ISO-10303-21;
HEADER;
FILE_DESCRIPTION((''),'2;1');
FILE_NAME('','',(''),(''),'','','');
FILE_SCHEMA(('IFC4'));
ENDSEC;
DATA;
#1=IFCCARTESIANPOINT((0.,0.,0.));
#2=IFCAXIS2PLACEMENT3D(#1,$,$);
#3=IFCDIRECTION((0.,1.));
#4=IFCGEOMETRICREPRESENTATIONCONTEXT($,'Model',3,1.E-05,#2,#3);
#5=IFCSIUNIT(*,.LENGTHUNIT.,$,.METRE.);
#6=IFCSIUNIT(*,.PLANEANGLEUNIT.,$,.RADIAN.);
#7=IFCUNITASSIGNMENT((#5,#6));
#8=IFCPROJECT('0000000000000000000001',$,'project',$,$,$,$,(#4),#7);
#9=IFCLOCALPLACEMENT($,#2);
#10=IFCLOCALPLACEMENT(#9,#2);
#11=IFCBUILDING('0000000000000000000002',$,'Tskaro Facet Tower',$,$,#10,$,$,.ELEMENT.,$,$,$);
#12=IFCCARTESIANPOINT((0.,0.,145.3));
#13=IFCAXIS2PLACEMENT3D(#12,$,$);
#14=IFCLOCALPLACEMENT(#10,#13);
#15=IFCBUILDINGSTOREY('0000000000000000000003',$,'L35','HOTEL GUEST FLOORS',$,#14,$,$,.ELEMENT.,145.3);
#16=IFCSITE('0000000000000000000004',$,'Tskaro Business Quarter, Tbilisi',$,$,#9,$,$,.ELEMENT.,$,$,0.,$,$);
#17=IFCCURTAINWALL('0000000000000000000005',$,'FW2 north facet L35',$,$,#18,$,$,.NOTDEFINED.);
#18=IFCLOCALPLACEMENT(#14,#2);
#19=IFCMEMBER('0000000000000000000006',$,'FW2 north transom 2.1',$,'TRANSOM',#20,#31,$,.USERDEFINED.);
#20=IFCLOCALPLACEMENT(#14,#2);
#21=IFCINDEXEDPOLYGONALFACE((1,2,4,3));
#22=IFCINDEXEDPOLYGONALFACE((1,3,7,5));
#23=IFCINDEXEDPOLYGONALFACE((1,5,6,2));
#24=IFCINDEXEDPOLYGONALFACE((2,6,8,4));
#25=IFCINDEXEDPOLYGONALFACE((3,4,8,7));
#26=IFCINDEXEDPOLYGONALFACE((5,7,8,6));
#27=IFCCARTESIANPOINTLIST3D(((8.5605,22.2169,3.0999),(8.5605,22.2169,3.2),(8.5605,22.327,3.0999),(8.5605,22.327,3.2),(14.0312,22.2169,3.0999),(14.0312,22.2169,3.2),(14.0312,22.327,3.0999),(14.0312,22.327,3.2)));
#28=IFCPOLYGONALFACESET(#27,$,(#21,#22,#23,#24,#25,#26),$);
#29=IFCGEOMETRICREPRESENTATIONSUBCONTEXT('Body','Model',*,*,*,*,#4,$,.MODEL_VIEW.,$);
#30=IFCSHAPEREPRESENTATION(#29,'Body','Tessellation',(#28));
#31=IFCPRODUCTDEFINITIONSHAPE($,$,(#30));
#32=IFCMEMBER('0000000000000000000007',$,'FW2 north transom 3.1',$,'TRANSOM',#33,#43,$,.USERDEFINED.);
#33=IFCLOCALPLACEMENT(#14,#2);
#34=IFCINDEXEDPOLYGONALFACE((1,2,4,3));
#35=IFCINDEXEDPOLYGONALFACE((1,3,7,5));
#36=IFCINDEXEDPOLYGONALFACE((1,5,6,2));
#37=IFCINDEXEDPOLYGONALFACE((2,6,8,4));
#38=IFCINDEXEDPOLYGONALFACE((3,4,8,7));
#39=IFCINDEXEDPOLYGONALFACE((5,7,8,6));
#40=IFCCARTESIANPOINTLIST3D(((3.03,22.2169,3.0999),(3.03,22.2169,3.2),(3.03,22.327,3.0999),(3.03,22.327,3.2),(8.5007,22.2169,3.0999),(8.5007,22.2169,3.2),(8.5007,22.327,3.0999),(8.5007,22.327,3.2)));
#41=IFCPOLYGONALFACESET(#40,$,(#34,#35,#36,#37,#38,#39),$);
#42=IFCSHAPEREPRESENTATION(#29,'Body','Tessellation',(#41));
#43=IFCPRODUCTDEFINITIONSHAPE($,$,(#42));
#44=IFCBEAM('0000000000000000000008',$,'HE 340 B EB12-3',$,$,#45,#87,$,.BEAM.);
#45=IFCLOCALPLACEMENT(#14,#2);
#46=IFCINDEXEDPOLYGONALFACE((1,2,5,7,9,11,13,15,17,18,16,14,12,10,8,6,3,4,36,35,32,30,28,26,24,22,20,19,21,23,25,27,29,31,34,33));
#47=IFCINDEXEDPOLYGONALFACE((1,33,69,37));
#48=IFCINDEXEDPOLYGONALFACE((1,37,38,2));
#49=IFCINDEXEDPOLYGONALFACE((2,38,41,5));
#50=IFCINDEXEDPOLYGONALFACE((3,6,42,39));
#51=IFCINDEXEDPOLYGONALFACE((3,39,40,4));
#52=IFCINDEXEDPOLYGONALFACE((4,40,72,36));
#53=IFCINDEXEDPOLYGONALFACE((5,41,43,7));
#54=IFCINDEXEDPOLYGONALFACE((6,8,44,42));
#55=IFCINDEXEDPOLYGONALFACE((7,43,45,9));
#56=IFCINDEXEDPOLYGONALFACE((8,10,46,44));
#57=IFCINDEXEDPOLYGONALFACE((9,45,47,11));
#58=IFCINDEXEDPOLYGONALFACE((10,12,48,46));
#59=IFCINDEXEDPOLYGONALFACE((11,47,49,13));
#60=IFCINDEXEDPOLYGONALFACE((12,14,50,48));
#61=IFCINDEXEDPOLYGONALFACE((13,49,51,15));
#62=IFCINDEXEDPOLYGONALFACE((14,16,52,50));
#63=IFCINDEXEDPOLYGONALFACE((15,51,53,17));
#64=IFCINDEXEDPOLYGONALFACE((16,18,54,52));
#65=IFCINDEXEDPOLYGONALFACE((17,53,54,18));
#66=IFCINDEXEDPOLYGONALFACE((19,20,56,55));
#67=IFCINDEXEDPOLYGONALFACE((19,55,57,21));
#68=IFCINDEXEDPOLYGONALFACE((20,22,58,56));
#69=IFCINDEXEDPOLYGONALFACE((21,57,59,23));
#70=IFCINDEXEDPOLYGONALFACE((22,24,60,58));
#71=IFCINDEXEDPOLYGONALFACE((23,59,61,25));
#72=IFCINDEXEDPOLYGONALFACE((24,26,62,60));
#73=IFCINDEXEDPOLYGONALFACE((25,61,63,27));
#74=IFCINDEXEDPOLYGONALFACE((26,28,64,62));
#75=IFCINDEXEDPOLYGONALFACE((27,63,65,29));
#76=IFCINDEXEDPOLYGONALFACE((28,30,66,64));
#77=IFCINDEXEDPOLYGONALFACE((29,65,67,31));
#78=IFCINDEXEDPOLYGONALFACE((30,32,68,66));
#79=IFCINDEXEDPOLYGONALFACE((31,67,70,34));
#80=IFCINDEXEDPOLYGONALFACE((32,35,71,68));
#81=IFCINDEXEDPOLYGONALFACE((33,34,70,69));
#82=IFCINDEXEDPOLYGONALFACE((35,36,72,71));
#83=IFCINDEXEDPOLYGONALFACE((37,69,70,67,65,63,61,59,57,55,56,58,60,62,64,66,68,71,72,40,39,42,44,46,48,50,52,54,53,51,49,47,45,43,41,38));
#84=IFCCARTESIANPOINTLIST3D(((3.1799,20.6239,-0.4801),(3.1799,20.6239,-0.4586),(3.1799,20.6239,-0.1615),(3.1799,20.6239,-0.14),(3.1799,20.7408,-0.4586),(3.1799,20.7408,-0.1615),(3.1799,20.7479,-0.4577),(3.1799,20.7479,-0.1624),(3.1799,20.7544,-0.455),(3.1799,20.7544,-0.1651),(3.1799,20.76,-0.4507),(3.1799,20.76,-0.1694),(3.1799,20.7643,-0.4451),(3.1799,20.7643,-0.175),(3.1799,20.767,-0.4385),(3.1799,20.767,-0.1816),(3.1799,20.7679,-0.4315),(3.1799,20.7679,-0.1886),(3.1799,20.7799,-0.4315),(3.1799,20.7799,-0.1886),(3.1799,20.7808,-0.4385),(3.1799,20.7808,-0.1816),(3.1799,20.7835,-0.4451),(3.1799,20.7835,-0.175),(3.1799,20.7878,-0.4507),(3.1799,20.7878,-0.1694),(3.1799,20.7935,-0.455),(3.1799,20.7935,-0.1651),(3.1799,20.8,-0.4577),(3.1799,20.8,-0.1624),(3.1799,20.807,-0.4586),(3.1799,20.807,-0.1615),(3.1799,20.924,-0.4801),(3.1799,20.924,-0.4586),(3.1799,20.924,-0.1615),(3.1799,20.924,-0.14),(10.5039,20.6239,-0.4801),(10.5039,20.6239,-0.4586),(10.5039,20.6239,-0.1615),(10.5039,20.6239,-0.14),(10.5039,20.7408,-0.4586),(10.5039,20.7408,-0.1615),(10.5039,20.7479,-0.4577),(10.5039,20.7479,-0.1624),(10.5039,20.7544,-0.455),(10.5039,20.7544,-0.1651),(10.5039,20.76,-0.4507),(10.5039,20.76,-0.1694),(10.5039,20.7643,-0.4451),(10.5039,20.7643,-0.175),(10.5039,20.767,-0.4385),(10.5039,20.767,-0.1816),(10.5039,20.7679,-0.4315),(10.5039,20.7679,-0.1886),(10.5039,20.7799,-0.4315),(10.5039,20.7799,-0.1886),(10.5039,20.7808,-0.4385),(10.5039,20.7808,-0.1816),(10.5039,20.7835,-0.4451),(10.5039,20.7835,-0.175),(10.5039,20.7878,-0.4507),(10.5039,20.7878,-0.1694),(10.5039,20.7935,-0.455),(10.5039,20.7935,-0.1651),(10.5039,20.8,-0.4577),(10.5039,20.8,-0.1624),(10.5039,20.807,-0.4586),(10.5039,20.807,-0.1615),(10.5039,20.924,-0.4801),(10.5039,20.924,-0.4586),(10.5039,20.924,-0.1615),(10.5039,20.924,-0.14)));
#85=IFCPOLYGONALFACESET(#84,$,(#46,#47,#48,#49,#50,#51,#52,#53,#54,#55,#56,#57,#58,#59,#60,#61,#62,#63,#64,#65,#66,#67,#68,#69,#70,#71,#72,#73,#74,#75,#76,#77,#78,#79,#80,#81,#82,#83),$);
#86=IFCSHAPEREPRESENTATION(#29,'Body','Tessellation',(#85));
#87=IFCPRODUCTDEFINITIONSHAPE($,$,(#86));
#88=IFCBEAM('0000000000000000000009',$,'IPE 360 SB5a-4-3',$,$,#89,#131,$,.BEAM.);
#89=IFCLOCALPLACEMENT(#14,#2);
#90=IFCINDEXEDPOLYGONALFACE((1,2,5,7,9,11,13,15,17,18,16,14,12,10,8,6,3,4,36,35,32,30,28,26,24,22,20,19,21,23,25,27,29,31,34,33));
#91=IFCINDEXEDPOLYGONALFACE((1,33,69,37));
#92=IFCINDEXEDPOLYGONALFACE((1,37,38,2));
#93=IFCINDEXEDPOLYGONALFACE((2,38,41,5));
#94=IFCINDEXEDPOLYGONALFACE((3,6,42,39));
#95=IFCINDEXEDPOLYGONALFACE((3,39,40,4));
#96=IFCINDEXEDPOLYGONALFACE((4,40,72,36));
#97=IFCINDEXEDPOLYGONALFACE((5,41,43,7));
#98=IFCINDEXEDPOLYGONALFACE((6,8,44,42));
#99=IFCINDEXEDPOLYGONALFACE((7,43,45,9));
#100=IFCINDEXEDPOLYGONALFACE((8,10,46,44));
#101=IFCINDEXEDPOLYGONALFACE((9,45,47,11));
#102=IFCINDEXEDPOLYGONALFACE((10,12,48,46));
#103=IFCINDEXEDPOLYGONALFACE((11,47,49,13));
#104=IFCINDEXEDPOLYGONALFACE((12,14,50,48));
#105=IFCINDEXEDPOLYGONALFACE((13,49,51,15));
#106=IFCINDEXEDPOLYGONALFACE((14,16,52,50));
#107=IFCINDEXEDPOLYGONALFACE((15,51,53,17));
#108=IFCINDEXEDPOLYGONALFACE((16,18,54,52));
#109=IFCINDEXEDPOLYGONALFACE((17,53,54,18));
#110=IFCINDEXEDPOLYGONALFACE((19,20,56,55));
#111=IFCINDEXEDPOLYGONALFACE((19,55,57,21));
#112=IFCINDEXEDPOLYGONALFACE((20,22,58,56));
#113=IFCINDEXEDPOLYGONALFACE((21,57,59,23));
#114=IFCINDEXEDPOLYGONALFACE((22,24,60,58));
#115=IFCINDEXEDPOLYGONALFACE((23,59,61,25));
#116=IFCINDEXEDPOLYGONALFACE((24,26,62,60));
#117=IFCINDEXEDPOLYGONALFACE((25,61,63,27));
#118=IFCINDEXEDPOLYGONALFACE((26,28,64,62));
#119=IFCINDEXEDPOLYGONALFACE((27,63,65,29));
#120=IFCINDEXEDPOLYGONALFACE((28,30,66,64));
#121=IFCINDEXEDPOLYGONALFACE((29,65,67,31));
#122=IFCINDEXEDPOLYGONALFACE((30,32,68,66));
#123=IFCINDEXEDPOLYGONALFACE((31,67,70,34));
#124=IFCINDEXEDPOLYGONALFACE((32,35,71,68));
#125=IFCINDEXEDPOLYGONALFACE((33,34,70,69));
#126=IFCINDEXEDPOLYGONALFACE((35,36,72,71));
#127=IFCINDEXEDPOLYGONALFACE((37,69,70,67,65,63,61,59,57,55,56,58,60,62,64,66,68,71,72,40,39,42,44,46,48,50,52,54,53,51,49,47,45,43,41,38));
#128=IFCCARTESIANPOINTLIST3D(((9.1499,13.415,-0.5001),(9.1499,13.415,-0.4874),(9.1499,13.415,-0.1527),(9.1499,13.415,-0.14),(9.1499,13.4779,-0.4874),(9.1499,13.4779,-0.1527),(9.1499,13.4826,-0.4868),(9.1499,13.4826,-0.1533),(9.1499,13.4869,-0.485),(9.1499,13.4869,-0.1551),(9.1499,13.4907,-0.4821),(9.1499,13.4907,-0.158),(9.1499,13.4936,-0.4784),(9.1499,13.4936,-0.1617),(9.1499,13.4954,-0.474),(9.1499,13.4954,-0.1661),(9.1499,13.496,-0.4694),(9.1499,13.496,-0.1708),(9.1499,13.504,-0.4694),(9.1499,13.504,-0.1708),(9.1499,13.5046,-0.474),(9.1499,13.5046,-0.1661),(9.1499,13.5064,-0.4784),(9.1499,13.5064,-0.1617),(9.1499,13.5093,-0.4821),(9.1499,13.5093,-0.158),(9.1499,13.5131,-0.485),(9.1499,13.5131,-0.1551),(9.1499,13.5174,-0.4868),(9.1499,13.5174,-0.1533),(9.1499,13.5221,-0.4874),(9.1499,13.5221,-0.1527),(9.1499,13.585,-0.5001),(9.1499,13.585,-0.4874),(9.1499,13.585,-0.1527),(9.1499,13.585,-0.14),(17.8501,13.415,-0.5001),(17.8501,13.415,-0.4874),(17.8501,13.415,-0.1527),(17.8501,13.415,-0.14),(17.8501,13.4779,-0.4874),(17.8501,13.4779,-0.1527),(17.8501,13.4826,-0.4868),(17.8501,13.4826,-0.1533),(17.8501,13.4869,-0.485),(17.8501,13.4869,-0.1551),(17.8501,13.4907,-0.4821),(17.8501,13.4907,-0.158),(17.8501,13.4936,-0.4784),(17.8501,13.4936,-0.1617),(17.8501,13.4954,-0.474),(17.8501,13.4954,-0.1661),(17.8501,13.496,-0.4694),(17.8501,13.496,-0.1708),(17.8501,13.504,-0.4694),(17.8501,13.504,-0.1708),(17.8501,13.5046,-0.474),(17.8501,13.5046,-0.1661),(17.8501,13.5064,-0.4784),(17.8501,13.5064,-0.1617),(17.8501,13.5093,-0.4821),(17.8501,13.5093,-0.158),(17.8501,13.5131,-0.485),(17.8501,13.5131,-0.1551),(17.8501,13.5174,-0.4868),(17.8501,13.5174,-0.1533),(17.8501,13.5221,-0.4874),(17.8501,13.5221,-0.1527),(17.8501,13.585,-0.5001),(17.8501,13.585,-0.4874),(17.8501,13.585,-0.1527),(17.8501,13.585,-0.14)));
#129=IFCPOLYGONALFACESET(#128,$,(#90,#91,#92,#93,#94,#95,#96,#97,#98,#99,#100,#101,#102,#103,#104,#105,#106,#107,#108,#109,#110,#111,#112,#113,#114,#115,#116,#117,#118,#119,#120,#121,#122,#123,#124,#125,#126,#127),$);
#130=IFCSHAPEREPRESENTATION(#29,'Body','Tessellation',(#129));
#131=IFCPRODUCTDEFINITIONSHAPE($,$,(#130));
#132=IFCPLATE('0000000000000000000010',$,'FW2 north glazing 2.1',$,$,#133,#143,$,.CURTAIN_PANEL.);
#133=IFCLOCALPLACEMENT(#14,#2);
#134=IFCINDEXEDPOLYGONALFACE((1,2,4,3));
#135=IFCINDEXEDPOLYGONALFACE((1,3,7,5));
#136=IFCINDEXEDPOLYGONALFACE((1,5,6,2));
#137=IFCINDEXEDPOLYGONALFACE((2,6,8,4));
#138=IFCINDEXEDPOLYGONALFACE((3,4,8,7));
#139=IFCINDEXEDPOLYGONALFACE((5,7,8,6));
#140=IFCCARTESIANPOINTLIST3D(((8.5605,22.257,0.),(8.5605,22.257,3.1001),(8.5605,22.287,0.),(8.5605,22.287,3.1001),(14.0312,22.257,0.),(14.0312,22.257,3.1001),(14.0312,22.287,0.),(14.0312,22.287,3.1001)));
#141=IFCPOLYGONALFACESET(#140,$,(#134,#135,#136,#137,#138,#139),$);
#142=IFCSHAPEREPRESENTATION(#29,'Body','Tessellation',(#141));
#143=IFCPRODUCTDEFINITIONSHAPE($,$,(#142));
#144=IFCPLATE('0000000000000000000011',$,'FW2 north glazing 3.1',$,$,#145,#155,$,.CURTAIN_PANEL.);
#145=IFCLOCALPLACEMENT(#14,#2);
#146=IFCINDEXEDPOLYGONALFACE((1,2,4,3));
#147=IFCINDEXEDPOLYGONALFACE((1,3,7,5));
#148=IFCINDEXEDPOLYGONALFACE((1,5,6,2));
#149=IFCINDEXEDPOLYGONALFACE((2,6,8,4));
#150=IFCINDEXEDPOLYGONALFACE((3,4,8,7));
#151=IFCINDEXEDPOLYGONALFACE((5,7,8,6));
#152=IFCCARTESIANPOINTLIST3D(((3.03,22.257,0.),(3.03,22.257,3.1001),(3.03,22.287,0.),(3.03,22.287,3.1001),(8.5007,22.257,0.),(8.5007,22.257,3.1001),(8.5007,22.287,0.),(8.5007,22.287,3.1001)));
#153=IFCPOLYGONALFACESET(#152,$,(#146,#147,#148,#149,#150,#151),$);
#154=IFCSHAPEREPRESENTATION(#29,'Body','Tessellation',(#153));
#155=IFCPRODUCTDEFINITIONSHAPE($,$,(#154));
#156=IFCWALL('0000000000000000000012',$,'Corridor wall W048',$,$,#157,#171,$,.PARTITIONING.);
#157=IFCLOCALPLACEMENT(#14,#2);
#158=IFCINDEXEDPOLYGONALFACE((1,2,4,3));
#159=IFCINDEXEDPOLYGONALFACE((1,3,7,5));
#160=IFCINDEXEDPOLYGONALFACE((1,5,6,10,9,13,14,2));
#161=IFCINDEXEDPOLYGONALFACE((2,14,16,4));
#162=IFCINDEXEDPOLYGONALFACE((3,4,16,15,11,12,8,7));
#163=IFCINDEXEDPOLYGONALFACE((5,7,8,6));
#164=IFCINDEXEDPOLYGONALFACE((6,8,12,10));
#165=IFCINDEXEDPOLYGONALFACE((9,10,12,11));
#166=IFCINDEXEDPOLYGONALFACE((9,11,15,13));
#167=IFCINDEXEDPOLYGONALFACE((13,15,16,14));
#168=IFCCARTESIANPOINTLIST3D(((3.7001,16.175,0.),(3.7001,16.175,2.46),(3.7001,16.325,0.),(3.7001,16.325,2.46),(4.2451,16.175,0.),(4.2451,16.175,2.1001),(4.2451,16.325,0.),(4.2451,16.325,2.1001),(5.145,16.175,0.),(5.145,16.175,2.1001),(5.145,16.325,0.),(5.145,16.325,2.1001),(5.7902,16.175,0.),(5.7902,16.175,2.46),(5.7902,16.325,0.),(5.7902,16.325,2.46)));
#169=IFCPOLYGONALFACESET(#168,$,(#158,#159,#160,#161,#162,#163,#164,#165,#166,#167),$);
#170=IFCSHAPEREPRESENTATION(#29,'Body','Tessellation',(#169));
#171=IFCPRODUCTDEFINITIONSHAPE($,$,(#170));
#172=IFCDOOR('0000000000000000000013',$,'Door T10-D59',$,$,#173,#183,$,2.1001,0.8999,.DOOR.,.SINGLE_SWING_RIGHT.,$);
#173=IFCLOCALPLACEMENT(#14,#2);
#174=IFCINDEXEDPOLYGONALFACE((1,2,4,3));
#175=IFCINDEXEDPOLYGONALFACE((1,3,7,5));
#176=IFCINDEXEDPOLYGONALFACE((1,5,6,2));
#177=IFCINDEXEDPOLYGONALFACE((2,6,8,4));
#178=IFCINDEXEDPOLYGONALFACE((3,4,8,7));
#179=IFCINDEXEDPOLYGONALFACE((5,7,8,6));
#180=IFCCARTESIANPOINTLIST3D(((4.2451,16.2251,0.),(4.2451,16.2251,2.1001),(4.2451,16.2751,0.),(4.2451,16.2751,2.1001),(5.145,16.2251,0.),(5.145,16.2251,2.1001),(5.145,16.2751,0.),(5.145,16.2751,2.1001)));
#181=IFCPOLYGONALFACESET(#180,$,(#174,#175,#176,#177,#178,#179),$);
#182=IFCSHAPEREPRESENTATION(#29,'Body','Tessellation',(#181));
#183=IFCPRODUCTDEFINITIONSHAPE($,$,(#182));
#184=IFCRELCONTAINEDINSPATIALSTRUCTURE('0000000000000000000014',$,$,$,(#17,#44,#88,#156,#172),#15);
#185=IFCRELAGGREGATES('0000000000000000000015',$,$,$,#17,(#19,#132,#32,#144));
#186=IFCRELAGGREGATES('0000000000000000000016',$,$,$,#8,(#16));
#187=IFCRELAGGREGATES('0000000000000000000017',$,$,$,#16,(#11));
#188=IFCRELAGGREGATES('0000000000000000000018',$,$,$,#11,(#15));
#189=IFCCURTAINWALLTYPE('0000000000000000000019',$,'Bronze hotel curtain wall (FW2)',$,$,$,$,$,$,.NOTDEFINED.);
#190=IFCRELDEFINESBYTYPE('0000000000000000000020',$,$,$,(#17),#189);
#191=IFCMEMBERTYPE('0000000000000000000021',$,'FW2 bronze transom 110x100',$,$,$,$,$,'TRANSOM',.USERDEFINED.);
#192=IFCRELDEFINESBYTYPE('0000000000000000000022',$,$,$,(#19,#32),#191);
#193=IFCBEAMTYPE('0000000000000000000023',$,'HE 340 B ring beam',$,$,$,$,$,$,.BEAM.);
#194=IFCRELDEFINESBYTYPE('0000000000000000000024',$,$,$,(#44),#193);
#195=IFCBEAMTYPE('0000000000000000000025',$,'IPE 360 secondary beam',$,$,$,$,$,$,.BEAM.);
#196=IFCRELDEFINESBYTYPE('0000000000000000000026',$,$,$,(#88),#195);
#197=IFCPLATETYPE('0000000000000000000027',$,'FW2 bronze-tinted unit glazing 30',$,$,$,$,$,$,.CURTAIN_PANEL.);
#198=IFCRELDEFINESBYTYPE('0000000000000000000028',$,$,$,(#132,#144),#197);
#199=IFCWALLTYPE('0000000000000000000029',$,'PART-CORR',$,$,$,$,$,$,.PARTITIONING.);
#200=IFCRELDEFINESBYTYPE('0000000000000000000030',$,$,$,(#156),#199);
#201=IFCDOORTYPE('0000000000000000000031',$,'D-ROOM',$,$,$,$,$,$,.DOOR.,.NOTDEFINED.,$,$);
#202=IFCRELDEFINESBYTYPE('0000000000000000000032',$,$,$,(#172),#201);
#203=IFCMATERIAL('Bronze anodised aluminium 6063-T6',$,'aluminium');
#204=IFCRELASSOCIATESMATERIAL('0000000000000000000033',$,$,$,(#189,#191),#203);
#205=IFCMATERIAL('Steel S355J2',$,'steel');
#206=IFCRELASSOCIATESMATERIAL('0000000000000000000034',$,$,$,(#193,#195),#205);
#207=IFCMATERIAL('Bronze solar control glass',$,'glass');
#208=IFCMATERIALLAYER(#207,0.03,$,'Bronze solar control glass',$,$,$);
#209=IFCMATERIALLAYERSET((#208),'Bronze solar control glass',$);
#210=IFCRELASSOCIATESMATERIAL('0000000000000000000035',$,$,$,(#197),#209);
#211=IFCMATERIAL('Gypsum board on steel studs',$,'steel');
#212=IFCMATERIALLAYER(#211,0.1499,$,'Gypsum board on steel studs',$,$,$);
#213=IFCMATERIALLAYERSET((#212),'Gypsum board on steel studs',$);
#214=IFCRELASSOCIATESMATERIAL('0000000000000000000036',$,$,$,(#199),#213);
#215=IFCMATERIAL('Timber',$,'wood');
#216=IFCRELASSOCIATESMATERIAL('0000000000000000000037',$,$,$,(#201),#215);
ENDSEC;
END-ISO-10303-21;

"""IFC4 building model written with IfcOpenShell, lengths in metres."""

from ifc_helpers import new_model, si_unit, direction, frame, frame_2d, origin, origin_2d, place, context, subcontext, project, spatial, rectangle, i_section, extrude, material, layer, layer_set, material_profile, profile_set, type_object, element, fill, aggregate, save


model = new_model("IFC4")

# Units and contexts
model_context = context("Model", 3, precision=1e-05, world=origin(), true_north=direction((0.0, 1.0)))
body_context = subcontext(model_context, "Body", "Model", "MODEL_VIEW")
ifc_project = project(units=[si_unit("LENGTHUNIT", "METRE"), si_unit("PLANEANGLEUNIT", "RADIAN")], contexts=[model_context])

# Site, building, storey
site_placement = place(None, origin())
site = spatial("IfcSite", under=ifc_project, at=site_placement, Name="Tskaro Business Quarter, Tbilisi", CompositionType="ELEMENT", RefElevation=0.0)
building_placement = place(site_placement, origin())
building = spatial("IfcBuilding", under=site, at=building_placement, Name="Tskaro Facet Tower", CompositionType="ELEMENT")
storey_placement = place(building_placement, frame((0.0, 0.0, 145.3)))
storey = spatial("IfcBuildingStorey", under=building, at=storey_placement, Name="L35", Description="HOTEL GUEST FLOORS", CompositionType="ELEMENT", Elevation=145.3)

# Curtain wall, members
ifc_material_1 = material(Name="Bronze anodised aluminium 6063-T6", Category="aluminium")
curtain_wall_type = type_object("IfcCurtainWallType", Name="Bronze hotel curtain wall (FW2)", PredefinedType="NOTDEFINED", material=ifc_material_1)
curtain_wall_placement = place(storey_placement, origin())
curtain_wall = element("IfcCurtainWall", 1, at=curtain_wall_placement, inside=storey, type_object=curtain_wall_type, Name="FW2 north facet L35", PredefinedType="NOTDEFINED")
ifc_material_profile_1 = material_profile(ifc_material_1, rectangle(XDim=0.1101, YDim=0.1001, at=origin_2d()), Name="Transom 110x100")
ifc_profile_set_1 = profile_set([ifc_material_profile_1], Name="Bronze anodised aluminium 6063-T6")
member_type_1 = type_object("IfcMemberType", Name="FW2 bronze transom 110x100", ElementType="TRANSOM", PredefinedType="USERDEFINED", material=ifc_profile_set_1)
member_1_placement = place(storey_placement, frame((14.0312, 22.272, 3.1499), z_axis=(-1.0, 0.0, 0.0), x_axis=(0.0, -1.0, 0.0)))
member_1 = element("IfcMember", 2, at=member_1_placement, type_object=member_type_1, Name="FW2 north transom 2.1", ObjectType="TRANSOM", PredefinedType="USERDEFINED", context=body_context, shape_type="SweptSolid", body=[
    extrude(rectangle(XDim=0.1101, YDim=0.1001, at=origin_2d()), origin(), (0.0, 0.0, 1.0), 5.4707),
])
member_2_placement = place(storey_placement, frame((8.5007, 22.272, 3.1499), z_axis=(-1.0, 0.0, 0.0), x_axis=(0.0, -1.0, 0.0)))
member_2 = element("IfcMember", 3, at=member_2_placement, type_object=member_type_1, Name="FW2 north transom 3.1", ObjectType="TRANSOM", PredefinedType="USERDEFINED", context=body_context, shape_type="SweptSolid", body=[
    extrude(rectangle(XDim=0.1101, YDim=0.1001, at=origin_2d()), origin(), (0.0, 0.0, 1.0), 5.4707),
])

# Beams
ifc_material_2 = material(Name="Steel S355J2", Category="steel")
ifc_material_profile_2 = material_profile(ifc_material_2, i_section(OverallWidth=0.3, OverallDepth=0.3401, WebThickness=0.012, FlangeThickness=0.0215, FilletRadius=0.0271, at=origin_2d()), Name="HE 340 B")
ifc_profile_set_2 = profile_set([ifc_material_profile_2], Name="Steel S355J2")
beam_type_1 = type_object("IfcBeamType", Name="HE 340 B ring beam", PredefinedType="BEAM", material=ifc_profile_set_2)
beam_1_placement = place(storey_placement, frame((10.5039, 20.7739, -0.3101), z_axis=(-1.0, 0.0, 0.0), x_axis=(0.0, -1.0, 0.0)))
element("IfcBeam", 4, at=beam_1_placement, inside=storey, type_object=beam_type_1, Name="HE 340 B EB12-3", PredefinedType="BEAM", context=body_context, shape_type="SweptSolid", body=[
    extrude(i_section(OverallWidth=0.3, OverallDepth=0.3401, WebThickness=0.012, FlangeThickness=0.0215, FilletRadius=0.0271, at=origin_2d()), origin(), (0.0, 0.0, 1.0), 7.324),
])
ifc_material_profile_3 = material_profile(ifc_material_2, i_section(OverallWidth=0.1699, OverallDepth=0.3601, WebThickness=0.0081, FlangeThickness=0.0127, FilletRadius=0.0181, at=origin_2d()), Name="IPE 360")
ifc_profile_set_3 = profile_set([ifc_material_profile_3], Name="Steel S355J2")
beam_type_2 = type_object("IfcBeamType", Name="IPE 360 secondary beam", PredefinedType="BEAM", material=ifc_profile_set_3)
beam_2_placement = place(storey_placement, frame((9.1499, 13.5, -0.3201), z_axis=(1.0, 0.0, 0.0), x_axis=(0.0, 1.0, 0.0)))
element("IfcBeam", 5, at=beam_2_placement, inside=storey, type_object=beam_type_2, Name="IPE 360 SB5a-4-3", PredefinedType="BEAM", context=body_context, shape_type="SweptSolid", body=[
    extrude(i_section(OverallWidth=0.1699, OverallDepth=0.3601, WebThickness=0.0081, FlangeThickness=0.0127, FilletRadius=0.0181, at=origin_2d()), origin(), (0.0, 0.0, 1.0), 8.7002),
])

# Plates
ifc_material_3 = material(Name="Bronze solar control glass", Category="glass")
ifc_layer_1 = layer(ifc_material_3, 0.03, Name="Bronze solar control glass")
ifc_layer_set_1 = layer_set([ifc_layer_1], Name="Bronze solar control glass")
plate_type = type_object("IfcPlateType", Name="FW2 bronze-tinted unit glazing 30", PredefinedType="CURTAIN_PANEL", material=ifc_layer_set_1)
plate_1_placement = place(storey_placement, frame((11.2959, 22.272, 0.0), z_axis=(0.0, 0.0, 1.0), x_axis=(-1.0, 0.0, 0.0)))
plate_1 = element("IfcPlate", 6, at=plate_1_placement, type_object=plate_type, Name="FW2 north glazing 2.1", PredefinedType="CURTAIN_PANEL", context=body_context, shape_type="SweptSolid", body=[
    extrude(rectangle(XDim=5.4707, YDim=0.03, at=origin_2d()), origin(), (0.0, 0.0, 1.0), 3.1001),
])
plate_2_placement = place(storey_placement, frame((5.7654, 22.272, 0.0), z_axis=(0.0, 0.0, 1.0), x_axis=(-1.0, 0.0, 0.0)))
plate_2 = element("IfcPlate", 7, at=plate_2_placement, type_object=plate_type, Name="FW2 north glazing 3.1", PredefinedType="CURTAIN_PANEL", context=body_context, shape_type="SweptSolid", body=[
    extrude(rectangle(XDim=5.4707, YDim=0.03, at=origin_2d()), origin(), (0.0, 0.0, 1.0), 3.1001),
])
aggregate(curtain_wall, [member_1, plate_1, member_2, plate_2])

# Wall, opening, door
ifc_material_4 = material(Name="Gypsum board on steel studs", Category="steel")
ifc_layer_2 = layer(ifc_material_4, 0.1499, Name="Gypsum board on steel studs")
ifc_layer_set_2 = layer_set([ifc_layer_2], Name="Gypsum board on steel studs")
wall_type_1 = type_object("IfcWallType", Name="PART-CORR", PredefinedType="PARTITIONING", material=ifc_layer_set_2)
wall_1_placement = place(storey_placement, frame((5.79, 16.25, 0.0), z_axis=(0.0, 0.0, 1.0), x_axis=(-1.0, 0.0, 0.0)))
wall_1 = element("IfcWall", 8, at=wall_1_placement, inside=storey, type_object=wall_type_1, Name="Corridor wall W048", PredefinedType="PARTITIONING", context=body_context, shape_type="SweptSolid", body=[
    extrude(rectangle(XDim=2.0901, YDim=0.1499, at=frame_2d((1.0449, 0.0))), origin(), (0.0, 0.0, 1.0), 2.46),
])
opening_1_placement = place(wall_1_placement, frame((0.645, 0.0, 0.0)))
opening_1 = element("IfcOpeningElement", 9, at=opening_1_placement, cuts=wall_1, PredefinedType="OPENING", context=body_context, shape_type="SweptSolid", body=[
    extrude(rectangle(XDim=0.8999, YDim=2.1001, at=frame_2d((0.45, 1.05))), frame((0.0, 0.085, 0.0), z_axis=(0.0, -1.0, 0.0), x_axis=(1.0, 0.0, 0.0)), (0.0, 0.0, 1.0), 0.1699),
])
ifc_material_5 = material(Name="Timber", Category="wood")
door_type = type_object("IfcDoorType", Name="D-ROOM", OperationType="NOTDEFINED", PredefinedType="DOOR", material=ifc_material_5)
door_1_placement = place(opening_1_placement, origin())
door_1 = element("IfcDoor", 10, at=door_1_placement, inside=storey, type_object=door_type, Name="Door T10-D59", OperationType="SINGLE_SWING_RIGHT", OverallHeight=2.1001, OverallWidth=0.8999, PredefinedType="DOOR", context=body_context, shape_type="SweptSolid", body=[
    extrude(rectangle(XDim=0.8999, YDim=2.1001, at=frame_2d((0.45, 1.05))), frame((0.0, 0.0249, 0.0), z_axis=(0.0, -1.0, 0.0), x_axis=(1.0, 0.0, 0.0)), (0.0, 0.0, 1.0), 0.05),
])
fill(opening_1, door_1)

save(model, "model.ifc")
